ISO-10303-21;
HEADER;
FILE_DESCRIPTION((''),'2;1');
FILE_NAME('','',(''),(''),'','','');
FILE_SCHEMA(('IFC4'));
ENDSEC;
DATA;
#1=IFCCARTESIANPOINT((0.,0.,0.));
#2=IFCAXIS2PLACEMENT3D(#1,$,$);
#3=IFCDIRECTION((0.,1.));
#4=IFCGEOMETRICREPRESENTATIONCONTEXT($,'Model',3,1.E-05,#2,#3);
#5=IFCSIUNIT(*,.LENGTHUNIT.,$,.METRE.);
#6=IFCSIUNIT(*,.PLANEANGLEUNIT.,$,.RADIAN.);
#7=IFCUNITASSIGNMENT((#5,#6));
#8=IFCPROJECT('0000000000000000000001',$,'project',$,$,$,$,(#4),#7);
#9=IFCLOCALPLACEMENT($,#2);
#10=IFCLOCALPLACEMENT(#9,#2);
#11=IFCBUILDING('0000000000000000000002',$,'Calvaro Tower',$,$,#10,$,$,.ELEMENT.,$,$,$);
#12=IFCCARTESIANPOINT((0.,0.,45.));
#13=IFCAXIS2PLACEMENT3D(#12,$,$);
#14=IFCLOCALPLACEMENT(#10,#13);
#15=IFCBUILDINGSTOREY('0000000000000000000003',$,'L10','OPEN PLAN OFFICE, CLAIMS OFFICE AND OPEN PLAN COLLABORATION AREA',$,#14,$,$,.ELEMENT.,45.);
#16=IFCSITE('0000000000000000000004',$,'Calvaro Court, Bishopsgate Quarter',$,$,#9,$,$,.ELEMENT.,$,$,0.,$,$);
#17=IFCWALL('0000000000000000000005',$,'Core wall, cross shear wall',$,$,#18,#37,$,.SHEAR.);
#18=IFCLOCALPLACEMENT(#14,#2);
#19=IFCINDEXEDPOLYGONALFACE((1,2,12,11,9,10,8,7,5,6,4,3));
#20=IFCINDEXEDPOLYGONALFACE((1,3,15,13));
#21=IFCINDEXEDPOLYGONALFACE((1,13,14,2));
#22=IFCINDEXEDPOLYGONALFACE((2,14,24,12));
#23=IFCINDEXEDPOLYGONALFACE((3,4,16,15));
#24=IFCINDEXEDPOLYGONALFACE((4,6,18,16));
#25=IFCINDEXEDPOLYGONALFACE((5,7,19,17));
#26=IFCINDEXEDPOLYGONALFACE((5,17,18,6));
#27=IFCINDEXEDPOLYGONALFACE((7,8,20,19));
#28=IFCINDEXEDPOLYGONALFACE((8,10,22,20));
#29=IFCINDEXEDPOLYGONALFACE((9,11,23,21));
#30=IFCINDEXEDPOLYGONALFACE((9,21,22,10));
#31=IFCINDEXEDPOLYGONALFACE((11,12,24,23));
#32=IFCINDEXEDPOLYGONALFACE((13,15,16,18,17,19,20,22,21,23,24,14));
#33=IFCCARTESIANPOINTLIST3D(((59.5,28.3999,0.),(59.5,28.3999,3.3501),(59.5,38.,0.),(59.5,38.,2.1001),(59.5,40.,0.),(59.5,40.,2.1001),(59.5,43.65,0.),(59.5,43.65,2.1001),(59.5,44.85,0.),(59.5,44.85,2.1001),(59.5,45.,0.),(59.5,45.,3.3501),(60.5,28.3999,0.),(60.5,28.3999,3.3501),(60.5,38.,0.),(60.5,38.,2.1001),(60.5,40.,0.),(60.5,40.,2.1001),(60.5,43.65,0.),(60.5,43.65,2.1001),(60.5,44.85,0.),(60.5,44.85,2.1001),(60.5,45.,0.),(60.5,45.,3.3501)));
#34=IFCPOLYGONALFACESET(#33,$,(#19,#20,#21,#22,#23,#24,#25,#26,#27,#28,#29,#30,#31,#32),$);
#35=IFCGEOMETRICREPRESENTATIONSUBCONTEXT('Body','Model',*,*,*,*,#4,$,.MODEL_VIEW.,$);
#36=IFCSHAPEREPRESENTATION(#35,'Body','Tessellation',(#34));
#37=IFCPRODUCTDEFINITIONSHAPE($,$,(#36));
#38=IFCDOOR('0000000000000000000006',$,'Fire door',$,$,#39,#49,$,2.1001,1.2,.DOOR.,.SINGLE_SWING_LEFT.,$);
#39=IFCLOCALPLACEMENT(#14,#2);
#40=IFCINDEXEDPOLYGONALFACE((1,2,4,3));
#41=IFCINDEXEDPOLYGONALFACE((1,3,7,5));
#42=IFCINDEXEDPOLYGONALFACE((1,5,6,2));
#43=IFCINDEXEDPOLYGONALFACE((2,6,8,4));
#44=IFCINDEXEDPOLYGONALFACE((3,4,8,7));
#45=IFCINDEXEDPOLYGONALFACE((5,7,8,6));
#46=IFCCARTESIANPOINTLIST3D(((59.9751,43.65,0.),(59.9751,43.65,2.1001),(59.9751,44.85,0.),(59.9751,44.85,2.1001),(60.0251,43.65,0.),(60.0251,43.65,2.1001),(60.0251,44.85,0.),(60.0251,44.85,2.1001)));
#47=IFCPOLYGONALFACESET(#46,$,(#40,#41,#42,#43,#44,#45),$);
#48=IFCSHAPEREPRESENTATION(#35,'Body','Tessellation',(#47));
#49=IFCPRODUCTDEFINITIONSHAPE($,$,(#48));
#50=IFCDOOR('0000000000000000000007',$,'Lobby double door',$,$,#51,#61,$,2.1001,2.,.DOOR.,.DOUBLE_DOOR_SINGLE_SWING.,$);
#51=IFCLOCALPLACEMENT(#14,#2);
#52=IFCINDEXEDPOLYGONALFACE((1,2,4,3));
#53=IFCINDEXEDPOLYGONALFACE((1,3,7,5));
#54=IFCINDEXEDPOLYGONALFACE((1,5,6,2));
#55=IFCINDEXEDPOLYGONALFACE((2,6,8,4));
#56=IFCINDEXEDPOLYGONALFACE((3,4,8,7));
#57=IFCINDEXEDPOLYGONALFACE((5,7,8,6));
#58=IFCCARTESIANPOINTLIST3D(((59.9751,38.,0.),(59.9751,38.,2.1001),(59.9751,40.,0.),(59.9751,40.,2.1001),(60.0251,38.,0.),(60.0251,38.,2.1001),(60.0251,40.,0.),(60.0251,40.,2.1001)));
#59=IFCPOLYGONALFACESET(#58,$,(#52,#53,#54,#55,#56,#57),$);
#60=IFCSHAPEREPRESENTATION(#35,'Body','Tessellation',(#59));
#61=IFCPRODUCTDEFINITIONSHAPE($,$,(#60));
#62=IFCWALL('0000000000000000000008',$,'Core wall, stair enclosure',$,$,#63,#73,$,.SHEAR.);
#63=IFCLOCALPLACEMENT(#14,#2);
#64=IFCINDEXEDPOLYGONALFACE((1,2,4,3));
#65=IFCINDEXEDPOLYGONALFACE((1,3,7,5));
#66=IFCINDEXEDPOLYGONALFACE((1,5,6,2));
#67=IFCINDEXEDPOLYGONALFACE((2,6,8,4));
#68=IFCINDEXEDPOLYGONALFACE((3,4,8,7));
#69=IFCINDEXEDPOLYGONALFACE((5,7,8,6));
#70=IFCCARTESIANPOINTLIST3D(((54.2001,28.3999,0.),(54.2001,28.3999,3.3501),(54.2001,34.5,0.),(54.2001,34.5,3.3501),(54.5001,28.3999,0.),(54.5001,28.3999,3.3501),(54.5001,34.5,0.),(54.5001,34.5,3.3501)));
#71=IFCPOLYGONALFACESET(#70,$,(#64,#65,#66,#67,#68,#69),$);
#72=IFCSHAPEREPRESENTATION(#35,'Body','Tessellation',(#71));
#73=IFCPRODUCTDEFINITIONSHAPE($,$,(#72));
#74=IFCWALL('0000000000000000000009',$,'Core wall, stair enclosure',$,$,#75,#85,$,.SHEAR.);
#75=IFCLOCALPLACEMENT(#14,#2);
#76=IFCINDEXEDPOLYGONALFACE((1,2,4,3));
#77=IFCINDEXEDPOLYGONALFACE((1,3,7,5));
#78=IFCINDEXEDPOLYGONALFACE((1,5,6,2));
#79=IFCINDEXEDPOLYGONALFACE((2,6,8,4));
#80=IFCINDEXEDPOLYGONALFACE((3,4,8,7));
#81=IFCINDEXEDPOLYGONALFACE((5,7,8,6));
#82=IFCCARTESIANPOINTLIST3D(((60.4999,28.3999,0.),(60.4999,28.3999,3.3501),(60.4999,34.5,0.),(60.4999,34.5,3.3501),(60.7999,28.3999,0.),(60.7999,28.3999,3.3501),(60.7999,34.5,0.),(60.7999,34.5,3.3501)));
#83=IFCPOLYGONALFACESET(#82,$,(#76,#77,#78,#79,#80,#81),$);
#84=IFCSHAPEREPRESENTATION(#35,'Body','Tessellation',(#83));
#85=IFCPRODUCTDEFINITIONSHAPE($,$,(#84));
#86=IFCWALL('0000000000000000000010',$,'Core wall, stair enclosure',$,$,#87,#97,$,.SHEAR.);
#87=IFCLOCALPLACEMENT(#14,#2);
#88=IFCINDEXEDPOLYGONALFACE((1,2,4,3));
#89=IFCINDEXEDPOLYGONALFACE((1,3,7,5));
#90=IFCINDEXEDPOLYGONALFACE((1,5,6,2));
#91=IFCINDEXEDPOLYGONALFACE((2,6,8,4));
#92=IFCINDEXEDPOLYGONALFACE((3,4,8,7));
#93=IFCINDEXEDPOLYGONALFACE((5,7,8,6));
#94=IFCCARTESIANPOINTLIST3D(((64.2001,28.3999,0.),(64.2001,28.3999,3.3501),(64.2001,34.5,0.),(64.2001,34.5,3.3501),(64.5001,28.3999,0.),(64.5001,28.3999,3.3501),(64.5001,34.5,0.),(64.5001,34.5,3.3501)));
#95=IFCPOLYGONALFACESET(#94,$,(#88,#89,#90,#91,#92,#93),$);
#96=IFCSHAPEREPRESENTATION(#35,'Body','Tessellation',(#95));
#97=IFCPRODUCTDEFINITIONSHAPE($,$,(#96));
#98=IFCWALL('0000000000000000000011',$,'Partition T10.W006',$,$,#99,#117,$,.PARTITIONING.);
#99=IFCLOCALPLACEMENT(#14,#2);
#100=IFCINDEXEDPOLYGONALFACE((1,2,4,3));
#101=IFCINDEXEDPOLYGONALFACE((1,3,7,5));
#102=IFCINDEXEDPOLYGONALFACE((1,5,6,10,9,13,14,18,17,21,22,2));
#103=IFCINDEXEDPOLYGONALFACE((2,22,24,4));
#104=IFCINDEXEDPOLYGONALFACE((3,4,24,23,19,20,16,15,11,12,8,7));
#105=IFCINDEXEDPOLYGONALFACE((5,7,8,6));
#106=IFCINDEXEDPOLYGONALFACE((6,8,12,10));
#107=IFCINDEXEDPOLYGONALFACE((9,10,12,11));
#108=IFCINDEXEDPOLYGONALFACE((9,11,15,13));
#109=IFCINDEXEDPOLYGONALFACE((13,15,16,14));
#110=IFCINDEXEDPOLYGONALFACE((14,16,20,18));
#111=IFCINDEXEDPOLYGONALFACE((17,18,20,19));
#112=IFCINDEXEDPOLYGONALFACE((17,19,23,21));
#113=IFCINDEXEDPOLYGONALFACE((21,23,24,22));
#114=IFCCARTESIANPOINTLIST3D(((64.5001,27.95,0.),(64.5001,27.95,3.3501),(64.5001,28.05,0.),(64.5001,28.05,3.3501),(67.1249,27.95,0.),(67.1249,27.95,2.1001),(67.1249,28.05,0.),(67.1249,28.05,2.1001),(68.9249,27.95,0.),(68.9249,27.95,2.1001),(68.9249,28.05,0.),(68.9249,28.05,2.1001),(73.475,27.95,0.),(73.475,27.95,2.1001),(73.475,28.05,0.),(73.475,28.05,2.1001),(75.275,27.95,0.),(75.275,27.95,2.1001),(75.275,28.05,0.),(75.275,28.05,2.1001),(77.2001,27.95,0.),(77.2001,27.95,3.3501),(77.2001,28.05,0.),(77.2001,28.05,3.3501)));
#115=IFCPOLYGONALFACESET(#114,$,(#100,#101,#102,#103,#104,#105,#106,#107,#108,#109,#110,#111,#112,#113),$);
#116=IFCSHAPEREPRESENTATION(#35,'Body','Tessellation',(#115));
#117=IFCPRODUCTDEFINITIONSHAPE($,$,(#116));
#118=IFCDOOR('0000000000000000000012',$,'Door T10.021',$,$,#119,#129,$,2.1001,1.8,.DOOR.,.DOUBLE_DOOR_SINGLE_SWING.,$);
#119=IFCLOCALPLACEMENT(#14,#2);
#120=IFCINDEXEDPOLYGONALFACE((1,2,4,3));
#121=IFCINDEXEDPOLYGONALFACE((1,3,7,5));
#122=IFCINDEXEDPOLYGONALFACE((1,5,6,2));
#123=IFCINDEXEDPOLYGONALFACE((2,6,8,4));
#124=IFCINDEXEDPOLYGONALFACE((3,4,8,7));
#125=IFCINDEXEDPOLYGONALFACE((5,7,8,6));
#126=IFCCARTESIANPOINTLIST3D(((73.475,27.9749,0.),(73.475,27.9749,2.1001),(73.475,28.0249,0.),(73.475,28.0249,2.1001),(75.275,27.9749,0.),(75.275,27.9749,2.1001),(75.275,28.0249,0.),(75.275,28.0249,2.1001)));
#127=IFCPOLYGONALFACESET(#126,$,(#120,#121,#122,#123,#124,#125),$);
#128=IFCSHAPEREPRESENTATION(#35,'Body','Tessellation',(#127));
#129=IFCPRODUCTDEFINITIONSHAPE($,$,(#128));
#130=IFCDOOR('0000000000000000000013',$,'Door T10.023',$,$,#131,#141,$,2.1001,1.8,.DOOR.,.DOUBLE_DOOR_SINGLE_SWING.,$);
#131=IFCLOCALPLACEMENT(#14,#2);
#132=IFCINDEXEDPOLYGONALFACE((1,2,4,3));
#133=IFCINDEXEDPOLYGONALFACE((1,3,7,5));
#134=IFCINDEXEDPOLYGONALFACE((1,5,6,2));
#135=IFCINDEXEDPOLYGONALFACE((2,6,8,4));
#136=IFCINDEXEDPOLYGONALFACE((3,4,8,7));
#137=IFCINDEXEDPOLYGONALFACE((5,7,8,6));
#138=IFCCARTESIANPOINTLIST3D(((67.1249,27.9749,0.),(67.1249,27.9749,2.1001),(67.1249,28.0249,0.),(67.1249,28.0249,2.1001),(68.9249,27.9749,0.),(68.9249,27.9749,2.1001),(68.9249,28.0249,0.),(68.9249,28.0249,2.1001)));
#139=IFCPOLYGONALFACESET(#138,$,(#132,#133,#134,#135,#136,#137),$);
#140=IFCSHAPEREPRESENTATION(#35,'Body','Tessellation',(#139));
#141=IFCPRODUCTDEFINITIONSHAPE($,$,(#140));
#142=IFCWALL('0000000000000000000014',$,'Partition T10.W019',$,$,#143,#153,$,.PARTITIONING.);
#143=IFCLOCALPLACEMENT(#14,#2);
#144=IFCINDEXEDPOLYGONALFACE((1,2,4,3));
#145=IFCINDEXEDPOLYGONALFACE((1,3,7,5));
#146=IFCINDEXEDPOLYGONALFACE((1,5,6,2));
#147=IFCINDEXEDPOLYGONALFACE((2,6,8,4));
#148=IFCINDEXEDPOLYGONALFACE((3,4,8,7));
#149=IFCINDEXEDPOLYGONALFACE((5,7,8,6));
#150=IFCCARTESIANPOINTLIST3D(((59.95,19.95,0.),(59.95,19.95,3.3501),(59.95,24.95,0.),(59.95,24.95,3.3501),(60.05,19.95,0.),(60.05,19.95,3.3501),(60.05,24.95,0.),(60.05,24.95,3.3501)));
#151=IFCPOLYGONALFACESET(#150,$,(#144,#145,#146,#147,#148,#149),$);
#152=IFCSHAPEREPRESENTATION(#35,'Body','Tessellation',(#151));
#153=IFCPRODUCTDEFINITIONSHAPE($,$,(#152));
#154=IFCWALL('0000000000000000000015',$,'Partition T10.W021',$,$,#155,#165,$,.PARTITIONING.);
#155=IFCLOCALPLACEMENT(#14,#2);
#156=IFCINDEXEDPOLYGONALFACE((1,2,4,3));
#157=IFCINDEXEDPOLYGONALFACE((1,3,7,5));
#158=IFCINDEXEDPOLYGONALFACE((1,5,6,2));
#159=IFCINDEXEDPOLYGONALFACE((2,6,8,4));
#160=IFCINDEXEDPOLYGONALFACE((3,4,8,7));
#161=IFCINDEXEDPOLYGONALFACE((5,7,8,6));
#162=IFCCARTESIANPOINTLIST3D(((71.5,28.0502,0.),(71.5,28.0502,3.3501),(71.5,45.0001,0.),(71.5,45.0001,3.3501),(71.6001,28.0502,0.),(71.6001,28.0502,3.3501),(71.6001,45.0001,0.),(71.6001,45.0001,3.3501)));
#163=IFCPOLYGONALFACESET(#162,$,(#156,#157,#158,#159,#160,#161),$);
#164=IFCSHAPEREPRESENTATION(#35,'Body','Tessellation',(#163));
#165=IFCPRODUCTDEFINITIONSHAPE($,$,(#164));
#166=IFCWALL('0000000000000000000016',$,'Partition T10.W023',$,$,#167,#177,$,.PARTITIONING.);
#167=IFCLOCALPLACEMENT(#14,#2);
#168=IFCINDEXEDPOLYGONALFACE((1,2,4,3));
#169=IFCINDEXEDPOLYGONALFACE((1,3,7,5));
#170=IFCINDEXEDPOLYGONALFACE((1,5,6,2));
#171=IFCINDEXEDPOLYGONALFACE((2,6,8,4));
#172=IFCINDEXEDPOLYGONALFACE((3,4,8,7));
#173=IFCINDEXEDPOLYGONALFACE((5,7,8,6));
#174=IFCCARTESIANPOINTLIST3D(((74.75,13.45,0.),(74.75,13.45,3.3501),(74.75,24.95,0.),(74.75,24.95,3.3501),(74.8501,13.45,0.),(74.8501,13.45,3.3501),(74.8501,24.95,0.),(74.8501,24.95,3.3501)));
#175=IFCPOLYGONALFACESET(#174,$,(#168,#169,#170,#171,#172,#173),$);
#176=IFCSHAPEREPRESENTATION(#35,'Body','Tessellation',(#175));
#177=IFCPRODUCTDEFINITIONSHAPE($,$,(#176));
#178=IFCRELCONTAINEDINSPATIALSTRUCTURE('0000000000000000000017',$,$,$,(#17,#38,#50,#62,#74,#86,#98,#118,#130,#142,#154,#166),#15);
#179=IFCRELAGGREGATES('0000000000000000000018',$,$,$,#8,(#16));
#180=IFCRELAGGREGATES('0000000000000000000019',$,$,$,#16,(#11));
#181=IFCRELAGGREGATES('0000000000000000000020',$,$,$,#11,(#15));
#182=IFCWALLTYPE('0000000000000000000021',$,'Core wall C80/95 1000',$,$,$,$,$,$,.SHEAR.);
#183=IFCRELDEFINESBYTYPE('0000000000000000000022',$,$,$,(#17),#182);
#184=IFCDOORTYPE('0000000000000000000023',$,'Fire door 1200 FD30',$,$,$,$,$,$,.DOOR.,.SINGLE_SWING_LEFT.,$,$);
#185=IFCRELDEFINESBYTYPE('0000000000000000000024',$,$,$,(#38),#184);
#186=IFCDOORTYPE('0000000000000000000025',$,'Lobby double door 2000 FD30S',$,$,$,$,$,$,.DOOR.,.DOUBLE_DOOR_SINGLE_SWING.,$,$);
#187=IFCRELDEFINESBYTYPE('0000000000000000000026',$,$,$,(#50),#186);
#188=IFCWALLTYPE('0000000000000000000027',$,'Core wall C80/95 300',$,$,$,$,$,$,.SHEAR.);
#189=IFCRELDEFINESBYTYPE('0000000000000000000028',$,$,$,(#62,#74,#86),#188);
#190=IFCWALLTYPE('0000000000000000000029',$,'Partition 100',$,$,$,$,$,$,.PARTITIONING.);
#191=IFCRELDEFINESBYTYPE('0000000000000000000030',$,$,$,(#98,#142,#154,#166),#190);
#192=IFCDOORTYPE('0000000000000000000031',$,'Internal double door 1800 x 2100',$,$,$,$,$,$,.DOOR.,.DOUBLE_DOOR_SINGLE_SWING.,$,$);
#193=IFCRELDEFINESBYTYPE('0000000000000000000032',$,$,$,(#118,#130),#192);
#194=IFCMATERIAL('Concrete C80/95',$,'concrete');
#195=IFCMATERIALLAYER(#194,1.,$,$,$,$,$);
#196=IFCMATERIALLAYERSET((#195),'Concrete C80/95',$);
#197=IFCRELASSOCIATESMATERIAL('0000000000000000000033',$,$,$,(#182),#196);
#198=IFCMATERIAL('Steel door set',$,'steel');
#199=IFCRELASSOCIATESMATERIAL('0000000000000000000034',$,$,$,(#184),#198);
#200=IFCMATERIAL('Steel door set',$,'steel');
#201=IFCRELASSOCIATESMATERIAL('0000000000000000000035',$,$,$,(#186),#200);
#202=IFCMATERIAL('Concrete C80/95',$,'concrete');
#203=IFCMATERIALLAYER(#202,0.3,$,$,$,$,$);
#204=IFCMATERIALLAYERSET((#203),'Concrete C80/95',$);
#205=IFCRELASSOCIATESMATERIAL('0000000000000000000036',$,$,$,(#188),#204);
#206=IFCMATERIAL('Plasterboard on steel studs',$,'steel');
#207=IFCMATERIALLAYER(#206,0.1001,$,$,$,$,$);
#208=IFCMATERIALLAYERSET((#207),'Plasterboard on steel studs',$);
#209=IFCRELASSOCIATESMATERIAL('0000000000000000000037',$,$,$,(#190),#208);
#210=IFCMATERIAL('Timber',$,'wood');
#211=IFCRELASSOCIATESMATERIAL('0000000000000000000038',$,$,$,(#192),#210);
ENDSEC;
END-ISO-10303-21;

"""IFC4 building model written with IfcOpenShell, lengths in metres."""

from ifc_helpers import new_model, si_unit, direction, frame, frame_2d, origin, place, context, subcontext, project, spatial, rectangle, extrude, material, layer, layer_set, type_object, element, fill, save


model = new_model("IFC4")

# Units and contexts
model_context = context("Model", 3, precision=1e-05, world=origin(), true_north=direction((0.0, 1.0)))
body_context = subcontext(model_context, "Body", "Model", "MODEL_VIEW")
ifc_project = project(units=[si_unit("LENGTHUNIT", "METRE"), si_unit("PLANEANGLEUNIT", "RADIAN")], contexts=[model_context])

# Site, building, storey
site_placement = place(None, origin())
site = spatial("IfcSite", under=ifc_project, at=site_placement, Name="Calvaro Court, Bishopsgate Quarter", CompositionType="ELEMENT", RefElevation=0.0)
building_placement = place(site_placement, origin())
building = spatial("IfcBuilding", under=site, at=building_placement, Name="Calvaro Tower", CompositionType="ELEMENT")
storey_placement = place(building_placement, frame((0.0, 0.0, 45.0)))
storey = spatial("IfcBuildingStorey", under=building, at=storey_placement, Name="L10", Description="OPEN PLAN OFFICE, CLAIMS OFFICE AND OPEN PLAN COLLABORATION AREA", CompositionType="ELEMENT", Elevation=45.0)

# Wall, openings, doors
ifc_material_1 = material(Name="Concrete C80/95", Category="concrete")
ifc_layer_1 = layer(ifc_material_1, 1.0)
ifc_layer_set_1 = layer_set([ifc_layer_1], Name="Concrete C80/95")
wall_type_1 = type_object("IfcWallType", Name="Core wall C80/95 1000", PredefinedType="SHEAR", material=ifc_layer_set_1)
wall_1_placement = place(storey_placement, frame((60.0, 28.3999, 0.0), z_axis=(0.0, 0.0, 1.0), x_axis=(0.0, 1.0, 0.0)))
wall_1 = element("IfcWall", 1, at=wall_1_placement, inside=storey, type_object=wall_type_1, Name="Core wall, cross shear wall", PredefinedType="SHEAR", context=body_context, shape_type="SweptSolid", body=[
    extrude(rectangle(XDim=16.6001, YDim=1.0, at=frame_2d((8.3, 0.0))), origin(), (0.0, 0.0, 1.0), 3.3501),
])
opening_1_placement = place(wall_1_placement, frame((9.6001, 0.0, 0.0)))
opening_1 = element("IfcOpeningElement", 2, at=opening_1_placement, cuts=wall_1, PredefinedType="OPENING", context=body_context, shape_type="SweptSolid", body=[
    extrude(rectangle(XDim=2.0, YDim=2.1001, at=frame_2d((1.0, 1.05))), frame((0.0, 0.51, 0.0), z_axis=(0.0, -1.0, 0.0), x_axis=(1.0, 0.0, 0.0)), (0.0, 0.0, 1.0), 1.02),
])
opening_2_placement = place(wall_1_placement, frame((15.25, 0.0, 0.0)))
opening_2 = element("IfcOpeningElement", 3, at=opening_2_placement, cuts=wall_1, PredefinedType="OPENING", context=body_context, shape_type="SweptSolid", body=[
    extrude(rectangle(XDim=1.2, YDim=2.1001, at=frame_2d((0.6001, 1.05))), frame((0.0, 0.51, 0.0), z_axis=(0.0, -1.0, 0.0), x_axis=(1.0, 0.0, 0.0)), (0.0, 0.0, 1.0), 1.02),
])
ifc_material_2 = material(Name="Steel door set", Category="steel")
door_type_1 = type_object("IfcDoorType", Name="Fire door 1200 FD30", OperationType="SINGLE_SWING_LEFT", PredefinedType="DOOR", material=ifc_material_2)
door_1_placement = place(opening_2_placement, origin())
door_1 = element("IfcDoor", 4, at=door_1_placement, inside=storey, type_object=door_type_1, Name="Fire door", OperationType="SINGLE_SWING_LEFT", OverallHeight=2.1001, OverallWidth=1.2, PredefinedType="DOOR", context=body_context, shape_type="SweptSolid", body=[
    extrude(rectangle(XDim=1.2, YDim=2.1001, at=frame_2d((0.6001, 1.05))), frame((0.0, 0.0249, 0.0), z_axis=(0.0, -1.0, 0.0), x_axis=(1.0, 0.0, 0.0)), (0.0, 0.0, 1.0), 0.05),
])
fill(opening_2, door_1)
ifc_material_3 = material(Name="Steel door set", Category="steel")
door_type_2 = type_object("IfcDoorType", Name="Lobby double door 2000 FD30S", OperationType="DOUBLE_DOOR_SINGLE_SWING", PredefinedType="DOOR", material=ifc_material_3)
door_2_placement = place(opening_1_placement, origin())
door_2 = element("IfcDoor", 5, at=door_2_placement, inside=storey, type_object=door_type_2, Name="Lobby double door", OperationType="DOUBLE_DOOR_SINGLE_SWING", OverallHeight=2.1001, OverallWidth=2.0, PredefinedType="DOOR", context=body_context, shape_type="SweptSolid", body=[
    extrude(rectangle(XDim=2.0, YDim=2.1001, at=frame_2d((1.0, 1.05))), frame((0.0, 0.0249, 0.0), z_axis=(0.0, -1.0, 0.0), x_axis=(1.0, 0.0, 0.0)), (0.0, 0.0, 1.0), 0.05),
])
fill(opening_1, door_2)

# Walls
ifc_material_4 = material(Name="Concrete C80/95", Category="concrete")
ifc_layer_2 = layer(ifc_material_4, 0.3)
ifc_layer_set_2 = layer_set([ifc_layer_2], Name="Concrete C80/95")
wall_type_2 = type_object("IfcWallType", Name="Core wall C80/95 300", PredefinedType="SHEAR", material=ifc_layer_set_2)
for number, where, z_axis, x_axis, name in (
    (6, (54.3501, 28.3999, 0.0), (0.0, 0.0, 1.0), (0.0, 1.0, 0.0), "Core wall, stair enclosure"),
    (7, (60.6499, 28.3999, 0.0), (0.0, 0.0, 1.0), (0.0, 1.0, 0.0), "Core wall, stair enclosure"),
    (8, (64.3501, 28.3999, 0.0), (0.0, 0.0, 1.0), (0.0, 1.0, 0.0), "Core wall, stair enclosure"),
):
    element("IfcWall", number, at=place(storey_placement, frame(where, z_axis=z_axis, x_axis=x_axis)), inside=storey, type_object=wall_type_2, Name=name, PredefinedType="SHEAR", context=body_context, shape_type="SweptSolid", body=[
        extrude(rectangle(XDim=6.1001, YDim=0.3, at=frame_2d((3.05, 0.0))), origin(), (0.0, 0.0, 1.0), 3.3501),
    ])

# Wall, openings, doors
ifc_material_5 = material(Name="Plasterboard on steel studs", Category="steel")
ifc_layer_3 = layer(ifc_material_5, 0.1001)
ifc_layer_set_3 = layer_set([ifc_layer_3], Name="Plasterboard on steel studs")
wall_type_3 = type_object("IfcWallType", Name="Partition 100", PredefinedType="PARTITIONING", material=ifc_layer_set_3)
wall_2_placement = place(storey_placement, frame((64.5, 28.0, 0.0), z_axis=(0.0, 0.0, 1.0), x_axis=(1.0, 0.0, 0.0)))
wall_2 = element("IfcWall", 9, at=wall_2_placement, inside=storey, type_object=wall_type_3, Name="Partition T10.W006", PredefinedType="PARTITIONING", context=body_context, shape_type="SweptSolid", body=[
    extrude(rectangle(XDim=12.7, YDim=0.1001, at=frame_2d((6.3501, 0.0))), origin(), (0.0, 0.0, 1.0), 3.3501),
])
opening_3_placement = place(wall_2_placement, frame((8.9751, 0.0, 0.0)))
opening_3 = element("IfcOpeningElement", 10, at=opening_3_placement, cuts=wall_2, PredefinedType="OPENING", context=body_context, shape_type="SweptSolid", body=[
    extrude(rectangle(XDim=1.8, YDim=2.1001, at=frame_2d((0.8999, 1.05))), frame((0.0, 0.0601, 0.0), z_axis=(0.0, -1.0, 0.0), x_axis=(1.0, 0.0, 0.0)), (0.0, 0.0, 1.0), 0.1201),
])
opening_4_placement = place(wall_2_placement, frame((2.625, 0.0, 0.0)))
opening_4 = element("IfcOpeningElement", 11, at=opening_4_placement, cuts=wall_2, PredefinedType="OPENING", context=body_context, shape_type="SweptSolid", body=[
    extrude(rectangle(XDim=1.8, YDim=2.1001, at=frame_2d((0.8999, 1.05))), frame((0.0, 0.0601, 0.0), z_axis=(0.0, -1.0, 0.0), x_axis=(1.0, 0.0, 0.0)), (0.0, 0.0, 1.0), 0.1201),
])
ifc_material_6 = material(Name="Timber", Category="wood")
door_type_3 = type_object("IfcDoorType", Name="Internal double door 1800 x 2100", OperationType="DOUBLE_DOOR_SINGLE_SWING", PredefinedType="DOOR", material=ifc_material_6)
door_3_placement = place(opening_3_placement, origin())
door_3 = element("IfcDoor", 12, at=door_3_placement, inside=storey, type_object=door_type_3, Name="Door T10.021", OperationType="DOUBLE_DOOR_SINGLE_SWING", OverallHeight=2.1001, OverallWidth=1.8, PredefinedType="DOOR", context=body_context, shape_type="SweptSolid", body=[
    extrude(rectangle(XDim=1.8, YDim=2.1001, at=frame_2d((0.8999, 1.05))), frame((0.0, 0.0249, 0.0), z_axis=(0.0, -1.0, 0.0), x_axis=(1.0, 0.0, 0.0)), (0.0, 0.0, 1.0), 0.05),
])
fill(opening_3, door_3)
door_4_placement = place(opening_4_placement, origin())
door_4 = element("IfcDoor", 13, at=door_4_placement, inside=storey, type_object=door_type_3, Name="Door T10.023", OperationType="DOUBLE_DOOR_SINGLE_SWING", OverallHeight=2.1001, OverallWidth=1.8, PredefinedType="DOOR", context=body_context, shape_type="SweptSolid", body=[
    extrude(rectangle(XDim=1.8, YDim=2.1001, at=frame_2d((0.8999, 1.05))), frame((0.0, 0.0249, 0.0), z_axis=(0.0, -1.0, 0.0), x_axis=(1.0, 0.0, 0.0)), (0.0, 0.0, 1.0), 0.05),
])
fill(opening_4, door_4)

# Walls
wall_3_placement = place(storey_placement, frame((60.0, 19.95, 0.0), z_axis=(0.0, 0.0, 1.0), x_axis=(0.0, 1.0, 0.0)))
element("IfcWall", 14, at=wall_3_placement, inside=storey, type_object=wall_type_3, Name="Partition T10.W019", PredefinedType="PARTITIONING", context=body_context, shape_type="SweptSolid", body=[
    extrude(rectangle(XDim=5.0, YDim=0.1001, at=frame_2d((2.5, 0.0))), origin(), (0.0, 0.0, 1.0), 3.3501),
])
wall_4_placement = place(storey_placement, frame((71.55, 28.05, 0.0), z_axis=(0.0, 0.0, 1.0), x_axis=(0.0, 1.0, 0.0)))
element("IfcWall", 15, at=wall_4_placement, inside=storey, type_object=wall_type_3, Name="Partition T10.W021", PredefinedType="PARTITIONING", context=body_context, shape_type="SweptSolid", body=[
    extrude(rectangle(XDim=16.95, YDim=0.1001, at=frame_2d((8.4751, 0.0))), origin(), (0.0, 0.0, 1.0), 3.3501),
])
wall_5_placement = place(storey_placement, frame((74.8, 13.45, 0.0), z_axis=(0.0, 0.0, 1.0), x_axis=(0.0, 1.0, 0.0)))
element("IfcWall", 16, at=wall_5_placement, inside=storey, type_object=wall_type_3, Name="Partition T10.W023", PredefinedType="PARTITIONING", context=body_context, shape_type="SweptSolid", body=[
    extrude(rectangle(XDim=11.5, YDim=0.1001, at=frame_2d((5.75, 0.0))), origin(), (0.0, 0.0, 1.0), 3.3501),
])

save(model, "model.ifc")
